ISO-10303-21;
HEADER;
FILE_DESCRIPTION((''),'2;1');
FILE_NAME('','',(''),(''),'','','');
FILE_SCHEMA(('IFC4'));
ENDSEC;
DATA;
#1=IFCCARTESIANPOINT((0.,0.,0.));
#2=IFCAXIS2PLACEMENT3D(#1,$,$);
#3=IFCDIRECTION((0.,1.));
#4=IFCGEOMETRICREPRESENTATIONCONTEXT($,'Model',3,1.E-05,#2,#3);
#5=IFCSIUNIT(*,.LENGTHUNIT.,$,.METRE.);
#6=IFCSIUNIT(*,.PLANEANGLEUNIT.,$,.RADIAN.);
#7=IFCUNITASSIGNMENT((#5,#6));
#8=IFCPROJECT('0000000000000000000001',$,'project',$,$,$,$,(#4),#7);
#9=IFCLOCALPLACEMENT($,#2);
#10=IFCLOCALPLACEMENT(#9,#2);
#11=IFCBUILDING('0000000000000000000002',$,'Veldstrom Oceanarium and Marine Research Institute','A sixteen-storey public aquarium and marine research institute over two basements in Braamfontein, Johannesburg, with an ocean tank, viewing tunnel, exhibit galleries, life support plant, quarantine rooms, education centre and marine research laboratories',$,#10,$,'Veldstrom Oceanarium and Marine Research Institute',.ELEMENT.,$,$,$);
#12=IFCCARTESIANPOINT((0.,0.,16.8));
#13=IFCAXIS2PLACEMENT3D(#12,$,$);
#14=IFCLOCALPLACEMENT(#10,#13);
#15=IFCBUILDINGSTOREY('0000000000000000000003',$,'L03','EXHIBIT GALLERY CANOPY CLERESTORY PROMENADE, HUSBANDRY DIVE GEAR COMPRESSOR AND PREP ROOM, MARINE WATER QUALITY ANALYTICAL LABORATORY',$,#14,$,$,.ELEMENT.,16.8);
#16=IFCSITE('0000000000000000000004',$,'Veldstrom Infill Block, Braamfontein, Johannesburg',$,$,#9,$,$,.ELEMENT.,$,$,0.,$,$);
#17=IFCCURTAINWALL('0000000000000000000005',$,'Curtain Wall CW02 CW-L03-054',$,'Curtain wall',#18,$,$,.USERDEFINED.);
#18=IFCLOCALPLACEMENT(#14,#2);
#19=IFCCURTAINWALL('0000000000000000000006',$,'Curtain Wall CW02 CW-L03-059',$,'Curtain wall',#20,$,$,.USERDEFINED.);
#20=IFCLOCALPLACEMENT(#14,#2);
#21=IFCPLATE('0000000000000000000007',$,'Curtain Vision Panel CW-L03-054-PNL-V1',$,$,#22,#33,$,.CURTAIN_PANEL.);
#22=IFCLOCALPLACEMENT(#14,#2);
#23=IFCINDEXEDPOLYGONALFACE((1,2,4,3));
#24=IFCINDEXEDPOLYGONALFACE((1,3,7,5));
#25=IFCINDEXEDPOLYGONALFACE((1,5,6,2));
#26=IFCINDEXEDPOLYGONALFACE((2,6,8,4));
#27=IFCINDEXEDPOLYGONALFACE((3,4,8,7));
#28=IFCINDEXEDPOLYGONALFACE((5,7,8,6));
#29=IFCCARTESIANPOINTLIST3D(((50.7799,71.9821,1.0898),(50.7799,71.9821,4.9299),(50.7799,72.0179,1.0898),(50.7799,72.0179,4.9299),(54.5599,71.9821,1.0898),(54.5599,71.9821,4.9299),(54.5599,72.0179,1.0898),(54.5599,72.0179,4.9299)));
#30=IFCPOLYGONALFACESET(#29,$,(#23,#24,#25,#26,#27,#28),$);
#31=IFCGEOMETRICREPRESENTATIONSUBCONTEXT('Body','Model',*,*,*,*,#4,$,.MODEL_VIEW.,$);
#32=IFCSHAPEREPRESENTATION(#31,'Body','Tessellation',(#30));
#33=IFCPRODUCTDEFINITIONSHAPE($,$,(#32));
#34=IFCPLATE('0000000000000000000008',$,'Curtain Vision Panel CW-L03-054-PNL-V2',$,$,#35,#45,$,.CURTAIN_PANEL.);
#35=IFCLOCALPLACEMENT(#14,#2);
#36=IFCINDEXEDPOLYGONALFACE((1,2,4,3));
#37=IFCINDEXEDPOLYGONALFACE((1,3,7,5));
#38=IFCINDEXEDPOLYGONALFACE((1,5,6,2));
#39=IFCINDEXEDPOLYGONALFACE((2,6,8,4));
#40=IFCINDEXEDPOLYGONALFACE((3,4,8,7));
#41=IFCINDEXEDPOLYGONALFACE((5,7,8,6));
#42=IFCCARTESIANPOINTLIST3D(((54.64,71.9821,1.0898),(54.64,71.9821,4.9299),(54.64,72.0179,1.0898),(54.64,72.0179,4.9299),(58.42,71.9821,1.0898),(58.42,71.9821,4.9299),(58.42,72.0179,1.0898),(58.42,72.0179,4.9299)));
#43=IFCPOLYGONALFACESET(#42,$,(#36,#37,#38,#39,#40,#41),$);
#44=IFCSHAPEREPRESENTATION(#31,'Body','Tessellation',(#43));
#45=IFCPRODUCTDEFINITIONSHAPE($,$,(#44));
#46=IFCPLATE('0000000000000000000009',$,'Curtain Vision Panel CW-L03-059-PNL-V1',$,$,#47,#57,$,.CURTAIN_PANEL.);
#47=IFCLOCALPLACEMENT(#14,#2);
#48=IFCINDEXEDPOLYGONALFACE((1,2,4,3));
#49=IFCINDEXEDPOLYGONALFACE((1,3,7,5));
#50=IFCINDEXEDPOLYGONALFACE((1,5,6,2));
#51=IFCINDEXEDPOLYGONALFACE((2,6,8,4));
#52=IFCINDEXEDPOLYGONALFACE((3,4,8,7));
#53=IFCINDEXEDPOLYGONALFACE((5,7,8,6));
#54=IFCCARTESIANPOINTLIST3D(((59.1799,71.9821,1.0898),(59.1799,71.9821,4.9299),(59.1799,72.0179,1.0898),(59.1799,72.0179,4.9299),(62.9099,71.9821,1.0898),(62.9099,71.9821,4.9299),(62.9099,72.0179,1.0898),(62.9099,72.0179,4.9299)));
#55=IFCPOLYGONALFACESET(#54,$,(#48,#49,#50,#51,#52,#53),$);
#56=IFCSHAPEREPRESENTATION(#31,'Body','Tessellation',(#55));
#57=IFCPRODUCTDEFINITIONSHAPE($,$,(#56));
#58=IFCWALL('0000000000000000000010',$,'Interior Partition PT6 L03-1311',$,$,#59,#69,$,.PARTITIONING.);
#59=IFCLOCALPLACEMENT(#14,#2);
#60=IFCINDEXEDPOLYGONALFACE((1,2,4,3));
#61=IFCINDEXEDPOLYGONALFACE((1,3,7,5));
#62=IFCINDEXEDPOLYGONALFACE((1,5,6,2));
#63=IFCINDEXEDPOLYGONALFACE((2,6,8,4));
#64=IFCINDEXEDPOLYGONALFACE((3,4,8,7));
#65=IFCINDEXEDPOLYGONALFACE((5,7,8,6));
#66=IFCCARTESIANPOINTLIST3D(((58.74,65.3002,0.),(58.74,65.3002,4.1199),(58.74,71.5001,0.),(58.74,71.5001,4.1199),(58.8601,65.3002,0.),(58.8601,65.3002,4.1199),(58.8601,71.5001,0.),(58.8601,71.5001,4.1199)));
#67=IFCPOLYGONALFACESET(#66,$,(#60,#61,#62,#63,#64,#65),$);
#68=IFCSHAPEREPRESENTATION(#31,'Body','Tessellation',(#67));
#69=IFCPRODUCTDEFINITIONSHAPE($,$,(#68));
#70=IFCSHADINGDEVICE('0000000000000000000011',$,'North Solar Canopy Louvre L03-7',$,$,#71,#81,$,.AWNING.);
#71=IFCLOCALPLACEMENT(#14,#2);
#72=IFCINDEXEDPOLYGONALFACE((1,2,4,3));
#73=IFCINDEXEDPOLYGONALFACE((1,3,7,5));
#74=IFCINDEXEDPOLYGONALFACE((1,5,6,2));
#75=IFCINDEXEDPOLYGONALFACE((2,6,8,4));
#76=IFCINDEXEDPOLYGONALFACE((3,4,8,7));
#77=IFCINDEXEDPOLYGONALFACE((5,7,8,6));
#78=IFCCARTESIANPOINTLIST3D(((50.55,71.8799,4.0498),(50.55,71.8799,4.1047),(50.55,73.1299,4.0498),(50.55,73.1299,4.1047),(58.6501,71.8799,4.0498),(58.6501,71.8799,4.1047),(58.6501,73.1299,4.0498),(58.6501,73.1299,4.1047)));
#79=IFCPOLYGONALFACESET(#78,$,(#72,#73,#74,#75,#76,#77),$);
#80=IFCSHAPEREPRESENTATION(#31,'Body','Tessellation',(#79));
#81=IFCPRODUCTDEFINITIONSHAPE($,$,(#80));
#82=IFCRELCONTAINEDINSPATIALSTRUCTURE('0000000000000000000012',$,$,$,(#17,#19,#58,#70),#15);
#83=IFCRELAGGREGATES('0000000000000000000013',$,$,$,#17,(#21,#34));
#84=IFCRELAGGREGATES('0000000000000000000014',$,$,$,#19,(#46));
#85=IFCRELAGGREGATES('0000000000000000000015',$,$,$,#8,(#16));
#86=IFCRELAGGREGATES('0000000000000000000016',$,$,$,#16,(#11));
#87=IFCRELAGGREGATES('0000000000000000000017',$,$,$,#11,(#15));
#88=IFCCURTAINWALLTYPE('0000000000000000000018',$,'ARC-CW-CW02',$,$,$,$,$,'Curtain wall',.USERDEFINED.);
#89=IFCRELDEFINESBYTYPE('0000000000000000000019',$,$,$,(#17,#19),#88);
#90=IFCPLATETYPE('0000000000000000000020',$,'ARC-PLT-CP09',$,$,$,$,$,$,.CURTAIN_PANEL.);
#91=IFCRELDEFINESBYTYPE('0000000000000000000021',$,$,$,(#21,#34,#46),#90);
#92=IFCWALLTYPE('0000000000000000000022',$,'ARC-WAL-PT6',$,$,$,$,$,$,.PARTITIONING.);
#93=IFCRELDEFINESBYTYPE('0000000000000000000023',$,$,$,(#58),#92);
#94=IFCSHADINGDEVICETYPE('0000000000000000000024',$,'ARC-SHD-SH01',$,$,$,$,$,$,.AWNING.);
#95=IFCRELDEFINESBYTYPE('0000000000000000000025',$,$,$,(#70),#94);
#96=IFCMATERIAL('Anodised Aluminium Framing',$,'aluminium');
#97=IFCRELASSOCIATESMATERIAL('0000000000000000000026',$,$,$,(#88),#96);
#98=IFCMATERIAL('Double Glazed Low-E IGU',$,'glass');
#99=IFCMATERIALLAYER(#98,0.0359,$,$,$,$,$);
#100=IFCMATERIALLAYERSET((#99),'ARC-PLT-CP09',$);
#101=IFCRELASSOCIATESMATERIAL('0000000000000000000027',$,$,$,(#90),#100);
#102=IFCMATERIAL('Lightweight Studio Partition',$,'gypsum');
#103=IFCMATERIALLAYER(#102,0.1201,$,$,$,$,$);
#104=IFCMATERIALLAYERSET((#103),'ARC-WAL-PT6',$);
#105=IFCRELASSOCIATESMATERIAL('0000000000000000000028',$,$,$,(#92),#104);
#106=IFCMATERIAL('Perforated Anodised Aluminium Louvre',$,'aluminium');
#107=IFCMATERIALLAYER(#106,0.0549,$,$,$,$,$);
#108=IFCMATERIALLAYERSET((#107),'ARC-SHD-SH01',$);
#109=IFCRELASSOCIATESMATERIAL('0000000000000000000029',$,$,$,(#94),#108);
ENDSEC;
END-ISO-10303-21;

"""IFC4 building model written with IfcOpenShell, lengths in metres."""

from ifc_helpers import new_model, si_unit, direction, frame, frame_2d, origin, origin_2d, place, context, subcontext, project, spatial, rectangle, extrude, material, layer, layer_set, type_object, element, aggregate, save


model = new_model("IFC4")

# Units and contexts
model_context = context("Model", 3, precision=1e-05, world=origin(), true_north=direction((0.0, 1.0)))
body_context = subcontext(model_context, "Body", "Model", "MODEL_VIEW")
ifc_project = project(units=[si_unit("LENGTHUNIT", "METRE"), si_unit("PLANEANGLEUNIT", "RADIAN")], contexts=[model_context])

# Site, building, storey
site_placement = place(None, origin())
site = spatial("IfcSite", under=ifc_project, at=site_placement, Name="Veldstrom Infill Block, Braamfontein, Johannesburg", CompositionType="ELEMENT", RefElevation=0.0)
building_placement = place(site_placement, origin())
building = spatial("IfcBuilding", under=site, at=building_placement, Name="Veldstrom Oceanarium and Marine Research Institute", Description="A sixteen-storey public aquarium and marine research institute over two basements in Braamfontein, Johannesburg, with an ocean tank, viewing tunnel, exhibit galleries, life support plant, quarantine rooms, education centre and marine research laboratories", LongName="Veldstrom Oceanarium and Marine Research Institute", CompositionType="ELEMENT")
storey_placement = place(building_placement, frame((0.0, 0.0, 16.8)))
storey = spatial("IfcBuildingStorey", under=building, at=storey_placement, Name="L03", Description="EXHIBIT GALLERY CANOPY CLERESTORY PROMENADE, HUSBANDRY DIVE GEAR COMPRESSOR AND PREP ROOM, MARINE WATER QUALITY ANALYTICAL LABORATORY", CompositionType="ELEMENT", Elevation=16.8)

# Curtain wall
ifc_material_1 = material(Name="Anodised Aluminium Framing", Category="aluminium")
curtain_wall_type = type_object("IfcCurtainWallType", Name="ARC-CW-CW02", ElementType="Curtain wall", PredefinedType="USERDEFINED", material=ifc_material_1)
curtain_wall_1_placement = place(storey_placement, origin())
curtain_wall_1 = element("IfcCurtainWall", 1, at=curtain_wall_1_placement, inside=storey, type_object=curtain_wall_type, Name="Curtain Wall CW02 CW-L03-054", ObjectType="Curtain wall", PredefinedType="USERDEFINED")

# Curtain wall
curtain_wall_2_placement = place(storey_placement, origin())
curtain_wall_2 = element("IfcCurtainWall", 2, at=curtain_wall_2_placement, inside=storey, type_object=curtain_wall_type, Name="Curtain Wall CW02 CW-L03-059", ObjectType="Curtain wall", PredefinedType="USERDEFINED")

# Plates
ifc_material_2 = material(Name="Double Glazed Low-E IGU", Category="glass")
ifc_layer_1 = layer(ifc_material_2, 0.0359)
ifc_layer_set_1 = layer_set([ifc_layer_1], Name="ARC-PLT-CP09")
plate_type_1 = type_object("IfcPlateType", Name="ARC-PLT-CP09", PredefinedType="CURTAIN_PANEL", material=ifc_layer_set_1)
plate_1_placement = place(storey_placement, frame((52.6699, 72.0, 1.0898), z_axis=(0.0, 0.0, 1.0), x_axis=(1.0, 0.0, 0.0)))
plate_1 = element("IfcPlate", 3, at=plate_1_placement, type_object=plate_type_1, Name="Curtain Vision Panel CW-L03-054-PNL-V1", PredefinedType="CURTAIN_PANEL", context=body_context, shape_type="SweptSolid", body=[
    extrude(rectangle(XDim=3.78, YDim=0.0359, at=origin_2d()), origin(), (0.0, 0.0, 1.0), 3.8401),
])
plate_2_placement = place(storey_placement, frame((56.53, 72.0, 1.0898), z_axis=(0.0, 0.0, 1.0), x_axis=(1.0, 0.0, 0.0)))
plate_2 = element("IfcPlate", 4, at=plate_2_placement, type_object=plate_type_1, Name="Curtain Vision Panel CW-L03-054-PNL-V2", PredefinedType="CURTAIN_PANEL", context=body_context, shape_type="SweptSolid", body=[
    extrude(rectangle(XDim=3.78, YDim=0.0359, at=origin_2d()), origin(), (0.0, 0.0, 1.0), 3.8401),
])
aggregate(curtain_wall_1, [plate_1, plate_2])
plate_3_placement = place(storey_placement, frame((61.0449, 72.0, 1.0898), z_axis=(0.0, 0.0, 1.0), x_axis=(1.0, 0.0, 0.0)))
plate_3 = element("IfcPlate", 5, at=plate_3_placement, type_object=plate_type_1, Name="Curtain Vision Panel CW-L03-059-PNL-V1", PredefinedType="CURTAIN_PANEL", context=body_context, shape_type="SweptSolid", body=[
    extrude(rectangle(XDim=3.73, YDim=0.0359, at=origin_2d()), origin(), (0.0, 0.0, 1.0), 3.8401),
])
aggregate(curtain_wall_2, [plate_3])

# Wall
ifc_material_3 = material(Name="Lightweight Studio Partition", Category="gypsum")
ifc_layer_2 = layer(ifc_material_3, 0.1201)
ifc_layer_set_2 = layer_set([ifc_layer_2], Name="ARC-WAL-PT6")
wall_type = type_object("IfcWallType", Name="ARC-WAL-PT6", PredefinedType="PARTITIONING", material=ifc_layer_set_2)
wall_placement = place(storey_placement, frame((58.8, 65.3, 0.0), z_axis=(0.0, 0.0, 1.0), x_axis=(0.0, 1.0, 0.0)))
element("IfcWall", 6, at=wall_placement, inside=storey, type_object=wall_type, Name="Interior Partition PT6 L03-1311", PredefinedType="PARTITIONING", context=body_context, shape_type="SweptSolid", body=[
    extrude(rectangle(XDim=6.2, YDim=0.1201, at=frame_2d((3.1001, 0.0))), origin(), (0.0, 0.0, 1.0), 4.1199),
])

# Shading device
ifc_material_4 = material(Name="Perforated Anodised Aluminium Louvre", Category="aluminium")
ifc_layer_3 = layer(ifc_material_4, 0.0549)
ifc_layer_set_3 = layer_set([ifc_layer_3], Name="ARC-SHD-SH01")
shading_device_type = type_object("IfcShadingDeviceType", Name="ARC-SHD-SH01", PredefinedType="AWNING", material=ifc_layer_set_3)
shading_device_placement = place(storey_placement, frame((54.6001, 72.5049, 4.0498), z_axis=(0.0, 0.0, 1.0), x_axis=(1.0, 0.0, 0.0)))
element("IfcShadingDevice", 7, at=shading_device_placement, inside=storey, type_object=shading_device_type, Name="North Solar Canopy Louvre L03-7", PredefinedType="AWNING", context=body_context, shape_type="SweptSolid", body=[
    extrude(rectangle(XDim=8.1001, YDim=1.25, at=origin_2d()), origin(), (0.0, 0.0, 1.0), 0.0549),
])

save(model, "model.ifc")
